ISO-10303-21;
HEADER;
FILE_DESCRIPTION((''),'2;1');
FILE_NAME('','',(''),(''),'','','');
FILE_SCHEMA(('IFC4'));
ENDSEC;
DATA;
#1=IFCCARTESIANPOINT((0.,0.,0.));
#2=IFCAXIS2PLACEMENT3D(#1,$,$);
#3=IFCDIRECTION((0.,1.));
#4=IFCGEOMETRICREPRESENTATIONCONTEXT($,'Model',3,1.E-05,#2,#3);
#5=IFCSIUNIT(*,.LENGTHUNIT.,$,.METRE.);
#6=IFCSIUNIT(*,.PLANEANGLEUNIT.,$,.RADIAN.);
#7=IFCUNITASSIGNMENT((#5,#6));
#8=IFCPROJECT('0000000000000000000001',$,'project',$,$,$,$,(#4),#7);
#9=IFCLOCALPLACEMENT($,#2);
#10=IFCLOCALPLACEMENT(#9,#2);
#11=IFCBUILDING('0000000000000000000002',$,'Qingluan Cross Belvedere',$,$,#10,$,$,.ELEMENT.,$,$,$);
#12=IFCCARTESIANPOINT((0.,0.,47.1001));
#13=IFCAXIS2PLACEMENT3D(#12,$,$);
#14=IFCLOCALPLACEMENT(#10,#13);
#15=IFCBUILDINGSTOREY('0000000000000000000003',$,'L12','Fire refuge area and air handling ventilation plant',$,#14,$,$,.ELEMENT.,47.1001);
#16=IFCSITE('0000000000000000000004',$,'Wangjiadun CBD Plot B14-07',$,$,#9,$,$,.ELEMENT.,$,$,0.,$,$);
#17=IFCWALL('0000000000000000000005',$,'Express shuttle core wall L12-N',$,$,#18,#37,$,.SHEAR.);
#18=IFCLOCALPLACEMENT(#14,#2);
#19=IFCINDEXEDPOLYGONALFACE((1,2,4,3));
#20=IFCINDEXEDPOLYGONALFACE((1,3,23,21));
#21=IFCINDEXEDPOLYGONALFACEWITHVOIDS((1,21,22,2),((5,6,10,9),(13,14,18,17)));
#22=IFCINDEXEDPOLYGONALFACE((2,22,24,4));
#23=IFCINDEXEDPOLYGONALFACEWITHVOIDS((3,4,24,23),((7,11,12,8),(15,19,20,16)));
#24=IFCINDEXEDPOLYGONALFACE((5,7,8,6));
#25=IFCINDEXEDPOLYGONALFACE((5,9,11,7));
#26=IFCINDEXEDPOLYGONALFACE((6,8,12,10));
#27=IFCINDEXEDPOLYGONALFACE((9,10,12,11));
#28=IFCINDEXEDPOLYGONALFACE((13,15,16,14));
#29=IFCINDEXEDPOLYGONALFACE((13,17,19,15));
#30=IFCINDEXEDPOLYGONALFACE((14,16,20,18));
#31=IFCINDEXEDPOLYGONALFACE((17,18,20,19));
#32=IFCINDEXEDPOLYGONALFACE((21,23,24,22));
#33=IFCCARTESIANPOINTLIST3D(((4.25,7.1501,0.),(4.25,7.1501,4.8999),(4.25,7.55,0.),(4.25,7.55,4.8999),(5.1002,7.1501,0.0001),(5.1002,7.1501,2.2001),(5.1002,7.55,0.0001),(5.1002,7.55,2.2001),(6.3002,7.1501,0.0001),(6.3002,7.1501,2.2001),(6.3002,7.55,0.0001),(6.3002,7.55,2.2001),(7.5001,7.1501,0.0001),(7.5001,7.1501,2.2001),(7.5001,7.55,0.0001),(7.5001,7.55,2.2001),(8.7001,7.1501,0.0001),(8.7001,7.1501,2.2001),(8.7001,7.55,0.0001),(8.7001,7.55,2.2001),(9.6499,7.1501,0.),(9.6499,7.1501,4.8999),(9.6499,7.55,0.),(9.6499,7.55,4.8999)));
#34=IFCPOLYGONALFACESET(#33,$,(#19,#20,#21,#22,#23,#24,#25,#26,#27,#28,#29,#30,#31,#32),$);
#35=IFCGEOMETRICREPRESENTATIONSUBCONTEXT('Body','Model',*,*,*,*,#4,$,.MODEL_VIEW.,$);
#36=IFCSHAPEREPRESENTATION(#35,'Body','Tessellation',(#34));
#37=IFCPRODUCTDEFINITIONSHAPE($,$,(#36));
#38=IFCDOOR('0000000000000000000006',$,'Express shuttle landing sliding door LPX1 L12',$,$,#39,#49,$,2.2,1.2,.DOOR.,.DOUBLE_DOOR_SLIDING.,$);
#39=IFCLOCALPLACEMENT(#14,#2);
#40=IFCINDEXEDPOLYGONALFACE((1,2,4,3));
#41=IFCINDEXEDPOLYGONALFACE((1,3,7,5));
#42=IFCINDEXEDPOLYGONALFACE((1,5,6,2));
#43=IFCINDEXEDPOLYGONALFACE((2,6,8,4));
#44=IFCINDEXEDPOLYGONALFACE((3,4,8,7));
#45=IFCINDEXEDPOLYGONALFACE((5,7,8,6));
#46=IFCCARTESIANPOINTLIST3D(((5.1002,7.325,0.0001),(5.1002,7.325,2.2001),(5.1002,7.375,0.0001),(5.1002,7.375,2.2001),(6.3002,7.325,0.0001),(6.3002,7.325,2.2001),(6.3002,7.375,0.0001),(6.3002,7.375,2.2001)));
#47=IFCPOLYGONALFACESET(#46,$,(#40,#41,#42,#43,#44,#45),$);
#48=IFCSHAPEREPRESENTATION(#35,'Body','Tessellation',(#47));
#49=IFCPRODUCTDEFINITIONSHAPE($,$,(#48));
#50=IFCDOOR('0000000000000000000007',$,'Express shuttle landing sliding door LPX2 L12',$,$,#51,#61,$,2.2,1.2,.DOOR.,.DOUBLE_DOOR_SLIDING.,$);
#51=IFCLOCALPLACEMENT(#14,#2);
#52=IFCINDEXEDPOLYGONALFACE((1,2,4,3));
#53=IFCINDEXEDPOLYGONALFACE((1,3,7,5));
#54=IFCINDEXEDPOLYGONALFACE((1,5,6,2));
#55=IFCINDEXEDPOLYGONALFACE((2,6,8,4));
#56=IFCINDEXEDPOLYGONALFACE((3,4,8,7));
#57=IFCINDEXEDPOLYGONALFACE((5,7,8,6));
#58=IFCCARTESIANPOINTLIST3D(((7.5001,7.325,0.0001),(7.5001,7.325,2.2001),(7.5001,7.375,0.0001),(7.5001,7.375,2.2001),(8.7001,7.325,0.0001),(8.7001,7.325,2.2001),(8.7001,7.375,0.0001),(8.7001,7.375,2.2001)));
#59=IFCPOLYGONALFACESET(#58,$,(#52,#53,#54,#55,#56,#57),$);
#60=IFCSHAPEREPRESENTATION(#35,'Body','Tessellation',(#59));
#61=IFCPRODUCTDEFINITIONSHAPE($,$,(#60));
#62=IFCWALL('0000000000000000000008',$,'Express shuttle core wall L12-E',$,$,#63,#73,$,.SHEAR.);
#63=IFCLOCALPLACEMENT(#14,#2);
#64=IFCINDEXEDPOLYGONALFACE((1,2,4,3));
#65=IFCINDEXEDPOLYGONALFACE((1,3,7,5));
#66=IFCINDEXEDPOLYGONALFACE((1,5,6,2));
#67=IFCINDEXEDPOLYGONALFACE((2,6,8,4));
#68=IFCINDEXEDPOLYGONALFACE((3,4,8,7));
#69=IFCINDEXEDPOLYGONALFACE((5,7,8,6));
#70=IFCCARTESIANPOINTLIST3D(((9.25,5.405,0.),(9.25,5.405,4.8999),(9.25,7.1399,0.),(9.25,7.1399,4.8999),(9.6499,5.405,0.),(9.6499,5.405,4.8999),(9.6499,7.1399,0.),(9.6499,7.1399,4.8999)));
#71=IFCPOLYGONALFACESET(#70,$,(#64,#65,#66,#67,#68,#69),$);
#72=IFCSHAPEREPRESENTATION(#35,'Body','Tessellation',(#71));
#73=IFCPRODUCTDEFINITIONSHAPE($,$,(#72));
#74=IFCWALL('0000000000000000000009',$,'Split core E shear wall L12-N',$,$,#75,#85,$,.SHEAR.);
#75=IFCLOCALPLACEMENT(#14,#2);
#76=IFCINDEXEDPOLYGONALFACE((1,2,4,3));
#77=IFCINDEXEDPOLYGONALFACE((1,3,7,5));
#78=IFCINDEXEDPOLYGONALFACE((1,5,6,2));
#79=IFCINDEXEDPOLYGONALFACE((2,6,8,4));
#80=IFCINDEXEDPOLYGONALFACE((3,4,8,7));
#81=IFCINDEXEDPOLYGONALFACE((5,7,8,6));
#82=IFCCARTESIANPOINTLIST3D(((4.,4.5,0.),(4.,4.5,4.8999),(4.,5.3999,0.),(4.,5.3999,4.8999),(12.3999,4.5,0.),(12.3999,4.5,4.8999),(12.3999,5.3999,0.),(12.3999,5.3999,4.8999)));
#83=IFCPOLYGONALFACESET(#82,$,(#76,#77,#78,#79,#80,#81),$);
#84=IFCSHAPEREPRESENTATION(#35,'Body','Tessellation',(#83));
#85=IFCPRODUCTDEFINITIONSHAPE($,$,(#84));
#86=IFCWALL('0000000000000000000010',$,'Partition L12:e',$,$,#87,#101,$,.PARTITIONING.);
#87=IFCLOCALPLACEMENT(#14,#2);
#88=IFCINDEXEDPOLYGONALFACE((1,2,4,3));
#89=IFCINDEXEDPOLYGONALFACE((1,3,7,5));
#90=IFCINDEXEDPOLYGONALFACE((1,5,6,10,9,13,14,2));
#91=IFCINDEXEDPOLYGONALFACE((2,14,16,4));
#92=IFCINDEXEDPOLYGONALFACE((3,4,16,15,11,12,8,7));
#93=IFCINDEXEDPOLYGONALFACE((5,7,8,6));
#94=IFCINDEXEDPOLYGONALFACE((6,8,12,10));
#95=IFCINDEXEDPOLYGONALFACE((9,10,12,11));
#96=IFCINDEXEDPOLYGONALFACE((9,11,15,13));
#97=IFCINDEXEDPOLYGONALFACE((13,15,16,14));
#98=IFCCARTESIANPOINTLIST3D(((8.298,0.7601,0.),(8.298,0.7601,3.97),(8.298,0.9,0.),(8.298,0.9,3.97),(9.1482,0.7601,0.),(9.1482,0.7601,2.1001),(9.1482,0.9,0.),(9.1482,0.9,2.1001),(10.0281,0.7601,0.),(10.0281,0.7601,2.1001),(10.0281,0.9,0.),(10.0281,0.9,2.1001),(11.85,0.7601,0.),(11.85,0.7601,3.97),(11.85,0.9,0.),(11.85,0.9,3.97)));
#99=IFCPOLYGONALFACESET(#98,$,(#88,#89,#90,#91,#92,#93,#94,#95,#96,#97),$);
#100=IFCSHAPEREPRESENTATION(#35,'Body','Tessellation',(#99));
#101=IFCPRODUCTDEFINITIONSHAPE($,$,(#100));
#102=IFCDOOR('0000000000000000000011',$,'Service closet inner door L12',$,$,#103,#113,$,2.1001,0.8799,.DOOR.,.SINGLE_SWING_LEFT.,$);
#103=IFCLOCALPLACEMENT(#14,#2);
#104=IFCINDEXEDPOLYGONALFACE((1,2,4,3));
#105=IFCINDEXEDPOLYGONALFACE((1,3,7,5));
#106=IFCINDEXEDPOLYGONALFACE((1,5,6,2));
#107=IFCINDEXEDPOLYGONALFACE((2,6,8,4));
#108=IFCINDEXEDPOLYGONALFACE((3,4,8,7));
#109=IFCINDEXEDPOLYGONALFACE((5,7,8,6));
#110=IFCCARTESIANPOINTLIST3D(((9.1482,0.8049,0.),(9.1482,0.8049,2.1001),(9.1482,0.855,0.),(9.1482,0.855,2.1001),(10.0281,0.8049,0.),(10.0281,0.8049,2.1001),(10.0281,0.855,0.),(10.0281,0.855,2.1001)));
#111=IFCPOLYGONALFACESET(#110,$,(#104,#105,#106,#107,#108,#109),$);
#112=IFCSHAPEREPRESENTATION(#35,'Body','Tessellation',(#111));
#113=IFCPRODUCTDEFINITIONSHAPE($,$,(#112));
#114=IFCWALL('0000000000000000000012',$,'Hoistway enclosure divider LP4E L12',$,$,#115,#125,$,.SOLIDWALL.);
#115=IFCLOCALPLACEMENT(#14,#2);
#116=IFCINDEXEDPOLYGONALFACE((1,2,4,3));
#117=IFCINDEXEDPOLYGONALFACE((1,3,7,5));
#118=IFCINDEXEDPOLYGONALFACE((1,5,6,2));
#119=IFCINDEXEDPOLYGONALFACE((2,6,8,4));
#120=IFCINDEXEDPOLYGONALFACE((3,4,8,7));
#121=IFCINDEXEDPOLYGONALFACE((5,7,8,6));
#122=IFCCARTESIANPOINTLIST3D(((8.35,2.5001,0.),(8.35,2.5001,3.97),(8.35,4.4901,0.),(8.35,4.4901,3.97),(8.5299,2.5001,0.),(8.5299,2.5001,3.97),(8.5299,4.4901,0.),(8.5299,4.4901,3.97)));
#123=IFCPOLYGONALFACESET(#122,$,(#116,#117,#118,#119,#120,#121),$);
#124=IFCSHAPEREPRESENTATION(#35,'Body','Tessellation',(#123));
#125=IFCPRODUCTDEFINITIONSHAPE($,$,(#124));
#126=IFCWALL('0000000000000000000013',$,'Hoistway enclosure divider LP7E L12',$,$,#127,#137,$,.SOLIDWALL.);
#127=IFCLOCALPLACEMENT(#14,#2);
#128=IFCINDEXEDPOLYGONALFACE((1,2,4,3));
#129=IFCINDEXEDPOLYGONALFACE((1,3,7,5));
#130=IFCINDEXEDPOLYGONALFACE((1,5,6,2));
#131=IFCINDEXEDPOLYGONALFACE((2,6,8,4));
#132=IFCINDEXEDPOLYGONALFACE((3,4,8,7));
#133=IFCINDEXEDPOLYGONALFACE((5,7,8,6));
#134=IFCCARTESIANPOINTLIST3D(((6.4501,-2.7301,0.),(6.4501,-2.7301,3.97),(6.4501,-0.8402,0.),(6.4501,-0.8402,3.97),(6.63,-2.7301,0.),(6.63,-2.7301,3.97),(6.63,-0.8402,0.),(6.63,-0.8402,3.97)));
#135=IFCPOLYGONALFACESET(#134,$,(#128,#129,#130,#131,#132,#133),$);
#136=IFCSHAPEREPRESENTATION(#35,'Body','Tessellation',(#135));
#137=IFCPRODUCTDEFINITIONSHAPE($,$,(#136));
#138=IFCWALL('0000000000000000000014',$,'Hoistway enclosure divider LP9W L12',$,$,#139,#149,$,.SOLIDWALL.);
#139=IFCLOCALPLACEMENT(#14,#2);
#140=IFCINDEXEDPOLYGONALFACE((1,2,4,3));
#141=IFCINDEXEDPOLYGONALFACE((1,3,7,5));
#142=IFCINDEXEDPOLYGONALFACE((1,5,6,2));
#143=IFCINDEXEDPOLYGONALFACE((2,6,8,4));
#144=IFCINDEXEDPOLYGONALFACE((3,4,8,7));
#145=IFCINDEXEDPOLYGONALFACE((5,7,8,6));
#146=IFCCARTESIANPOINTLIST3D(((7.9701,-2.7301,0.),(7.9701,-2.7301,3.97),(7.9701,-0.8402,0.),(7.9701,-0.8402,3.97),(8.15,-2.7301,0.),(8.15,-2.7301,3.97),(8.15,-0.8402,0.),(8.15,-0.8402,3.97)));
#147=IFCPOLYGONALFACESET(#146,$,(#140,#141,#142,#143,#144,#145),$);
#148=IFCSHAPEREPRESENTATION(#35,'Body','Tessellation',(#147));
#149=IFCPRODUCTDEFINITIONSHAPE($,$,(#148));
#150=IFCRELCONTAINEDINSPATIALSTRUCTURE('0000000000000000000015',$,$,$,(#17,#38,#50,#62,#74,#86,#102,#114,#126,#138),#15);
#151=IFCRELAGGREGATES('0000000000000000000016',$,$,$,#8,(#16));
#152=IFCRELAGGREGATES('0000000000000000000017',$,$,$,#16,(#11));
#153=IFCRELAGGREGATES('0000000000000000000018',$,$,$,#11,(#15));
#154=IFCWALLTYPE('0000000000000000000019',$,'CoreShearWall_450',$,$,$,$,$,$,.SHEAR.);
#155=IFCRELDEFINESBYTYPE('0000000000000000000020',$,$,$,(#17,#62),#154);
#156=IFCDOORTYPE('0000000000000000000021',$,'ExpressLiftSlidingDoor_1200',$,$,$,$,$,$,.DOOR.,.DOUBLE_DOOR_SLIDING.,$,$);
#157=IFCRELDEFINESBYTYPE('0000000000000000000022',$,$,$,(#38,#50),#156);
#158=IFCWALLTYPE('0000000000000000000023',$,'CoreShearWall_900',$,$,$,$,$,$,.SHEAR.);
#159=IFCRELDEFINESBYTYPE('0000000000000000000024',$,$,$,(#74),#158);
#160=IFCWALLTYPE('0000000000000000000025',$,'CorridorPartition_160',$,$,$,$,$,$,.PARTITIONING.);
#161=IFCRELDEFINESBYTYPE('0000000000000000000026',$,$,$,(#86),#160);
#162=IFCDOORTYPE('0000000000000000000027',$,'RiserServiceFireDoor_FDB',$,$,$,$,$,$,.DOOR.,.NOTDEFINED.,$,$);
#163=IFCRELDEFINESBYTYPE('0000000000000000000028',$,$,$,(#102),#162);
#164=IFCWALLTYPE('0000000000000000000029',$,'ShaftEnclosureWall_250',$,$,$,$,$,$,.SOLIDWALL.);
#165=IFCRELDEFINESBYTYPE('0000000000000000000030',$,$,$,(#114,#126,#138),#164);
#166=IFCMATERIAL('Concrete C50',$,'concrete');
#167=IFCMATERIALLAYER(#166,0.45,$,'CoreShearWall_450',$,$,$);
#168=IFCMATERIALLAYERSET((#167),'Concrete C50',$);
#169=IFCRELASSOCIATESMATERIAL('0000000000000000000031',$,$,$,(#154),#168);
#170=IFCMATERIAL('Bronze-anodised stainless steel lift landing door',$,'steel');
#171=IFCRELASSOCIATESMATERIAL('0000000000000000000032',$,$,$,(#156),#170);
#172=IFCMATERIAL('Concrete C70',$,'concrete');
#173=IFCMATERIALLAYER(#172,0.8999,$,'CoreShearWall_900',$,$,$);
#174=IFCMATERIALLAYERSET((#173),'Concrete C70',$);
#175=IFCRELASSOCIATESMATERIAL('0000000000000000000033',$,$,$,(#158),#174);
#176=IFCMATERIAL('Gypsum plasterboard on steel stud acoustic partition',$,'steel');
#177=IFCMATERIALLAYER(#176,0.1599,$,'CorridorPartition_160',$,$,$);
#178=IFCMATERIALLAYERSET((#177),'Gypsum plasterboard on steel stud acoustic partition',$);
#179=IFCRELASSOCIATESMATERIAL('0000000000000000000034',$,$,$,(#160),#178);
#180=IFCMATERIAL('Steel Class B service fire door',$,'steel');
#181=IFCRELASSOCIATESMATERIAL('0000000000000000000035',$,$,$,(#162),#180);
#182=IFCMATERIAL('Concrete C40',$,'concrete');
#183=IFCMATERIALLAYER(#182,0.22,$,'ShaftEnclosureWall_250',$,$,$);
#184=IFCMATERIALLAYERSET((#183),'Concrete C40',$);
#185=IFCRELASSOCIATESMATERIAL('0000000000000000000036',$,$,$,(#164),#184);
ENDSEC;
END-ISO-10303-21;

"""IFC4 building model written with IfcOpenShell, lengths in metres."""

from ifc_helpers import new_model, si_unit, direction, frame, frame_2d, origin, place, context, subcontext, project, spatial, rectangle, extrude, material, layer, layer_set, type_object, element, fill, save


model = new_model("IFC4")

# Units and contexts
model_context = context("Model", 3, precision=1e-05, world=origin(), true_north=direction((0.0, 1.0)))
body_context = subcontext(model_context, "Body", "Model", "MODEL_VIEW")
ifc_project = project(units=[si_unit("LENGTHUNIT", "METRE"), si_unit("PLANEANGLEUNIT", "RADIAN")], contexts=[model_context])

# Site, building, storey
site_placement = place(None, origin())
site = spatial("IfcSite", under=ifc_project, at=site_placement, Name="Wangjiadun CBD Plot B14-07", CompositionType="ELEMENT", RefElevation=0.0)
building_placement = place(site_placement, origin())
building = spatial("IfcBuilding", under=site, at=building_placement, Name="Qingluan Cross Belvedere", CompositionType="ELEMENT")
storey_placement = place(building_placement, frame((0.0, 0.0, 47.1001)))
storey = spatial("IfcBuildingStorey", under=building, at=storey_placement, Name="L12", Description="Fire refuge area and air handling ventilation plant", CompositionType="ELEMENT", Elevation=47.1001)

# Shared definitions
ifc_material_1 = material(Name="Concrete C50", Category="concrete")
ifc_layer_1 = layer(ifc_material_1, 0.45, Name="CoreShearWall_450")
ifc_layer_set_1 = layer_set([ifc_layer_1], Name="Concrete C50")
wall_type_1 = type_object("IfcWallType", Name="CoreShearWall_450", PredefinedType="SHEAR", material=ifc_layer_set_1)

# Wall, openings, doors
wall_1_placement = place(storey_placement, frame((4.25, 7.3501, 0.0), z_axis=(0.0, 0.0, 1.0), x_axis=(1.0, 0.0, 0.0)))
wall_1 = element("IfcWall", 1, at=wall_1_placement, inside=storey, type_object=wall_type_1, Name="Express shuttle core wall L12-N", PredefinedType="SHEAR", context=body_context, shape_type="SweptSolid", body=[
    extrude(rectangle(XDim=5.3999, YDim=0.3999, at=frame_2d((2.7, 0.0))), origin(), (0.0, 0.0, 1.0), 4.8999),
])
opening_1_placement = place(wall_1_placement, frame((0.8501, 0.0, 0.0)))
opening_1 = element("IfcOpeningElement", 2, at=opening_1_placement, cuts=wall_1, PredefinedType="OPENING", context=body_context, shape_type="SweptSolid", body=[
    extrude(rectangle(XDim=1.2, YDim=2.2, at=frame_2d((0.6001, 1.1001))), frame((0.0, 0.21, 0.0), z_axis=(0.0, -1.0, 0.0), x_axis=(1.0, 0.0, 0.0)), (0.0, 0.0, 1.0), 0.4199),
])
opening_2_placement = place(wall_1_placement, frame((3.25, 0.0, 0.0)))
opening_2 = element("IfcOpeningElement", 3, at=opening_2_placement, cuts=wall_1, PredefinedType="OPENING", context=body_context, shape_type="SweptSolid", body=[
    extrude(rectangle(XDim=1.2, YDim=2.2, at=frame_2d((0.6001, 1.1001))), frame((0.0, 0.21, 0.0), z_axis=(0.0, -1.0, 0.0), x_axis=(1.0, 0.0, 0.0)), (0.0, 0.0, 1.0), 0.4199),
])
ifc_material_2 = material(Name="Bronze-anodised stainless steel lift landing door", Category="steel")
door_type_1 = type_object("IfcDoorType", Name="ExpressLiftSlidingDoor_1200", OperationType="DOUBLE_DOOR_SLIDING", PredefinedType="DOOR", material=ifc_material_2)
door_1_placement = place(opening_1_placement, origin())
door_1 = element("IfcDoor", 4, at=door_1_placement, inside=storey, type_object=door_type_1, Name="Express shuttle landing sliding door LPX1 L12", OperationType="DOUBLE_DOOR_SLIDING", OverallHeight=2.2, OverallWidth=1.2, PredefinedType="DOOR", context=body_context, shape_type="SweptSolid", body=[
    extrude(rectangle(XDim=1.2, YDim=2.2, at=frame_2d((0.6001, 1.1001))), frame((0.0, 0.0249, 0.0), z_axis=(0.0, -1.0, 0.0), x_axis=(1.0, 0.0, 0.0)), (0.0, 0.0, 1.0), 0.05),
])
fill(opening_1, door_1)
door_2_placement = place(opening_2_placement, origin())
door_2 = element("IfcDoor", 5, at=door_2_placement, inside=storey, type_object=door_type_1, Name="Express shuttle landing sliding door LPX2 L12", OperationType="DOUBLE_DOOR_SLIDING", OverallHeight=2.2, OverallWidth=1.2, PredefinedType="DOOR", context=body_context, shape_type="SweptSolid", body=[
    extrude(rectangle(XDim=1.2, YDim=2.2, at=frame_2d((0.6001, 1.1001))), frame((0.0, 0.0249, 0.0), z_axis=(0.0, -1.0, 0.0), x_axis=(1.0, 0.0, 0.0)), (0.0, 0.0, 1.0), 0.05),
])
fill(opening_2, door_2)

# Walls
wall_2_placement = place(storey_placement, frame((9.45, 5.405, 0.0), z_axis=(0.0, 0.0, 1.0), x_axis=(0.0, 1.0, 0.0)))
element("IfcWall", 6, at=wall_2_placement, inside=storey, type_object=wall_type_1, Name="Express shuttle core wall L12-E", PredefinedType="SHEAR", context=body_context, shape_type="SweptSolid", body=[
    extrude(rectangle(XDim=1.7349, YDim=0.3999, at=frame_2d((0.8674, 0.0))), origin(), (0.0, 0.0, 1.0), 4.8999),
])
ifc_material_3 = material(Name="Concrete C70", Category="concrete")
ifc_layer_2 = layer(ifc_material_3, 0.8999, Name="CoreShearWall_900")
ifc_layer_set_2 = layer_set([ifc_layer_2], Name="Concrete C70")
wall_type_2 = type_object("IfcWallType", Name="CoreShearWall_900", PredefinedType="SHEAR", material=ifc_layer_set_2)
wall_3_placement = place(storey_placement, frame((4.0, 4.95, 0.0), z_axis=(0.0, 0.0, 1.0), x_axis=(1.0, 0.0, 0.0)))
element("IfcWall", 7, at=wall_3_placement, inside=storey, type_object=wall_type_2, Name="Split core E shear wall L12-N", PredefinedType="SHEAR", context=body_context, shape_type="SweptSolid", body=[
    extrude(rectangle(XDim=8.3999, YDim=0.8999, at=frame_2d((4.2, 0.0))), origin(), (0.0, 0.0, 1.0), 4.8999),
])

# Wall, opening, door
ifc_material_4 = material(Name="Gypsum plasterboard on steel stud acoustic partition", Category="steel")
ifc_layer_3 = layer(ifc_material_4, 0.1599, Name="CorridorPartition_160")
ifc_layer_set_3 = layer_set([ifc_layer_3], Name="Gypsum plasterboard on steel stud acoustic partition")
wall_type_3 = type_object("IfcWallType", Name="CorridorPartition_160", PredefinedType="PARTITIONING", material=ifc_layer_set_3)
wall_4_placement = place(storey_placement, frame((8.2981, 0.8301, 0.0), z_axis=(0.0, 0.0, 1.0), x_axis=(1.0, 0.0, 0.0)))
wall_4 = element("IfcWall", 8, at=wall_4_placement, inside=storey, type_object=wall_type_3, Name="Partition L12:e", PredefinedType="PARTITIONING", context=body_context, shape_type="SweptSolid", body=[
    extrude(rectangle(XDim=3.552, YDim=0.1399, at=frame_2d((1.7759, 0.0))), origin(), (0.0, 0.0, 1.0), 3.97),
])
opening_3_placement = place(wall_4_placement, frame((0.8501, 0.0, 0.0)))
opening_3 = element("IfcOpeningElement", 9, at=opening_3_placement, cuts=wall_4, PredefinedType="OPENING", context=body_context, shape_type="SweptSolid", body=[
    extrude(rectangle(XDim=0.8799, YDim=2.1001, at=frame_2d((0.4399, 1.05))), frame((0.0, 0.0798, 0.0), z_axis=(0.0, -1.0, 0.0), x_axis=(1.0, 0.0, 0.0)), (0.0, 0.0, 1.0), 0.1599),
])
ifc_material_5 = material(Name="Steel Class B service fire door", Category="steel")
door_type_2 = type_object("IfcDoorType", Name="RiserServiceFireDoor_FDB", OperationType="NOTDEFINED", PredefinedType="DOOR", material=ifc_material_5)
door_3_placement = place(opening_3_placement, origin())
door_3 = element("IfcDoor", 10, at=door_3_placement, inside=storey, type_object=door_type_2, Name="Service closet inner door L12", OperationType="SINGLE_SWING_LEFT", OverallHeight=2.1001, OverallWidth=0.8799, PredefinedType="DOOR", context=body_context, shape_type="SweptSolid", body=[
    extrude(rectangle(XDim=0.8799, YDim=2.1001, at=frame_2d((0.4399, 1.05))), frame((0.0, 0.0249, 0.0), z_axis=(0.0, -1.0, 0.0), x_axis=(1.0, 0.0, 0.0)), (0.0, 0.0, 1.0), 0.05),
])
fill(opening_3, door_3)

# Shared definitions
ifc_material_6 = material(Name="Concrete C40", Category="concrete")
ifc_layer_4 = layer(ifc_material_6, 0.22, Name="ShaftEnclosureWall_250")
ifc_layer_set_4 = layer_set([ifc_layer_4], Name="Concrete C40")
wall_type_4 = type_object("IfcWallType", Name="ShaftEnclosureWall_250", PredefinedType="SOLIDWALL", material=ifc_layer_set_4)

# Walls
wall_5_placement = place(storey_placement, frame((8.4399, 2.5, 0.0), z_axis=(0.0, 0.0, 1.0), x_axis=(0.0, 1.0, 0.0)))
element("IfcWall", 11, at=wall_5_placement, inside=storey, type_object=wall_type_4, Name="Hoistway enclosure divider LP4E L12", PredefinedType="SOLIDWALL", context=body_context, shape_type="SweptSolid", body=[
    extrude(rectangle(XDim=1.99, YDim=0.1799, at=frame_2d((0.9951, 0.0))), origin(), (0.0, 0.0, 1.0), 3.97),
])
for number, where, z_axis, x_axis, name in (
    (12, (6.54, -2.73, 0.0), (0.0, 0.0, 1.0), (0.0, 1.0, 0.0), "Hoistway enclosure divider LP7E L12"),
    (13, (8.0601, -2.73, 0.0), (0.0, 0.0, 1.0), (0.0, 1.0, 0.0), "Hoistway enclosure divider LP9W L12"),
):
    element("IfcWall", number, at=place(storey_placement, frame(where, z_axis=z_axis, x_axis=x_axis)), inside=storey, type_object=wall_type_4, Name=name, PredefinedType="SOLIDWALL", context=body_context, shape_type="SweptSolid", body=[
        extrude(rectangle(XDim=1.8899, YDim=0.1799, at=frame_2d((0.9448, 0.0))), origin(), (0.0, 0.0, 1.0), 3.97),
    ])

save(model, "model.ifc")
